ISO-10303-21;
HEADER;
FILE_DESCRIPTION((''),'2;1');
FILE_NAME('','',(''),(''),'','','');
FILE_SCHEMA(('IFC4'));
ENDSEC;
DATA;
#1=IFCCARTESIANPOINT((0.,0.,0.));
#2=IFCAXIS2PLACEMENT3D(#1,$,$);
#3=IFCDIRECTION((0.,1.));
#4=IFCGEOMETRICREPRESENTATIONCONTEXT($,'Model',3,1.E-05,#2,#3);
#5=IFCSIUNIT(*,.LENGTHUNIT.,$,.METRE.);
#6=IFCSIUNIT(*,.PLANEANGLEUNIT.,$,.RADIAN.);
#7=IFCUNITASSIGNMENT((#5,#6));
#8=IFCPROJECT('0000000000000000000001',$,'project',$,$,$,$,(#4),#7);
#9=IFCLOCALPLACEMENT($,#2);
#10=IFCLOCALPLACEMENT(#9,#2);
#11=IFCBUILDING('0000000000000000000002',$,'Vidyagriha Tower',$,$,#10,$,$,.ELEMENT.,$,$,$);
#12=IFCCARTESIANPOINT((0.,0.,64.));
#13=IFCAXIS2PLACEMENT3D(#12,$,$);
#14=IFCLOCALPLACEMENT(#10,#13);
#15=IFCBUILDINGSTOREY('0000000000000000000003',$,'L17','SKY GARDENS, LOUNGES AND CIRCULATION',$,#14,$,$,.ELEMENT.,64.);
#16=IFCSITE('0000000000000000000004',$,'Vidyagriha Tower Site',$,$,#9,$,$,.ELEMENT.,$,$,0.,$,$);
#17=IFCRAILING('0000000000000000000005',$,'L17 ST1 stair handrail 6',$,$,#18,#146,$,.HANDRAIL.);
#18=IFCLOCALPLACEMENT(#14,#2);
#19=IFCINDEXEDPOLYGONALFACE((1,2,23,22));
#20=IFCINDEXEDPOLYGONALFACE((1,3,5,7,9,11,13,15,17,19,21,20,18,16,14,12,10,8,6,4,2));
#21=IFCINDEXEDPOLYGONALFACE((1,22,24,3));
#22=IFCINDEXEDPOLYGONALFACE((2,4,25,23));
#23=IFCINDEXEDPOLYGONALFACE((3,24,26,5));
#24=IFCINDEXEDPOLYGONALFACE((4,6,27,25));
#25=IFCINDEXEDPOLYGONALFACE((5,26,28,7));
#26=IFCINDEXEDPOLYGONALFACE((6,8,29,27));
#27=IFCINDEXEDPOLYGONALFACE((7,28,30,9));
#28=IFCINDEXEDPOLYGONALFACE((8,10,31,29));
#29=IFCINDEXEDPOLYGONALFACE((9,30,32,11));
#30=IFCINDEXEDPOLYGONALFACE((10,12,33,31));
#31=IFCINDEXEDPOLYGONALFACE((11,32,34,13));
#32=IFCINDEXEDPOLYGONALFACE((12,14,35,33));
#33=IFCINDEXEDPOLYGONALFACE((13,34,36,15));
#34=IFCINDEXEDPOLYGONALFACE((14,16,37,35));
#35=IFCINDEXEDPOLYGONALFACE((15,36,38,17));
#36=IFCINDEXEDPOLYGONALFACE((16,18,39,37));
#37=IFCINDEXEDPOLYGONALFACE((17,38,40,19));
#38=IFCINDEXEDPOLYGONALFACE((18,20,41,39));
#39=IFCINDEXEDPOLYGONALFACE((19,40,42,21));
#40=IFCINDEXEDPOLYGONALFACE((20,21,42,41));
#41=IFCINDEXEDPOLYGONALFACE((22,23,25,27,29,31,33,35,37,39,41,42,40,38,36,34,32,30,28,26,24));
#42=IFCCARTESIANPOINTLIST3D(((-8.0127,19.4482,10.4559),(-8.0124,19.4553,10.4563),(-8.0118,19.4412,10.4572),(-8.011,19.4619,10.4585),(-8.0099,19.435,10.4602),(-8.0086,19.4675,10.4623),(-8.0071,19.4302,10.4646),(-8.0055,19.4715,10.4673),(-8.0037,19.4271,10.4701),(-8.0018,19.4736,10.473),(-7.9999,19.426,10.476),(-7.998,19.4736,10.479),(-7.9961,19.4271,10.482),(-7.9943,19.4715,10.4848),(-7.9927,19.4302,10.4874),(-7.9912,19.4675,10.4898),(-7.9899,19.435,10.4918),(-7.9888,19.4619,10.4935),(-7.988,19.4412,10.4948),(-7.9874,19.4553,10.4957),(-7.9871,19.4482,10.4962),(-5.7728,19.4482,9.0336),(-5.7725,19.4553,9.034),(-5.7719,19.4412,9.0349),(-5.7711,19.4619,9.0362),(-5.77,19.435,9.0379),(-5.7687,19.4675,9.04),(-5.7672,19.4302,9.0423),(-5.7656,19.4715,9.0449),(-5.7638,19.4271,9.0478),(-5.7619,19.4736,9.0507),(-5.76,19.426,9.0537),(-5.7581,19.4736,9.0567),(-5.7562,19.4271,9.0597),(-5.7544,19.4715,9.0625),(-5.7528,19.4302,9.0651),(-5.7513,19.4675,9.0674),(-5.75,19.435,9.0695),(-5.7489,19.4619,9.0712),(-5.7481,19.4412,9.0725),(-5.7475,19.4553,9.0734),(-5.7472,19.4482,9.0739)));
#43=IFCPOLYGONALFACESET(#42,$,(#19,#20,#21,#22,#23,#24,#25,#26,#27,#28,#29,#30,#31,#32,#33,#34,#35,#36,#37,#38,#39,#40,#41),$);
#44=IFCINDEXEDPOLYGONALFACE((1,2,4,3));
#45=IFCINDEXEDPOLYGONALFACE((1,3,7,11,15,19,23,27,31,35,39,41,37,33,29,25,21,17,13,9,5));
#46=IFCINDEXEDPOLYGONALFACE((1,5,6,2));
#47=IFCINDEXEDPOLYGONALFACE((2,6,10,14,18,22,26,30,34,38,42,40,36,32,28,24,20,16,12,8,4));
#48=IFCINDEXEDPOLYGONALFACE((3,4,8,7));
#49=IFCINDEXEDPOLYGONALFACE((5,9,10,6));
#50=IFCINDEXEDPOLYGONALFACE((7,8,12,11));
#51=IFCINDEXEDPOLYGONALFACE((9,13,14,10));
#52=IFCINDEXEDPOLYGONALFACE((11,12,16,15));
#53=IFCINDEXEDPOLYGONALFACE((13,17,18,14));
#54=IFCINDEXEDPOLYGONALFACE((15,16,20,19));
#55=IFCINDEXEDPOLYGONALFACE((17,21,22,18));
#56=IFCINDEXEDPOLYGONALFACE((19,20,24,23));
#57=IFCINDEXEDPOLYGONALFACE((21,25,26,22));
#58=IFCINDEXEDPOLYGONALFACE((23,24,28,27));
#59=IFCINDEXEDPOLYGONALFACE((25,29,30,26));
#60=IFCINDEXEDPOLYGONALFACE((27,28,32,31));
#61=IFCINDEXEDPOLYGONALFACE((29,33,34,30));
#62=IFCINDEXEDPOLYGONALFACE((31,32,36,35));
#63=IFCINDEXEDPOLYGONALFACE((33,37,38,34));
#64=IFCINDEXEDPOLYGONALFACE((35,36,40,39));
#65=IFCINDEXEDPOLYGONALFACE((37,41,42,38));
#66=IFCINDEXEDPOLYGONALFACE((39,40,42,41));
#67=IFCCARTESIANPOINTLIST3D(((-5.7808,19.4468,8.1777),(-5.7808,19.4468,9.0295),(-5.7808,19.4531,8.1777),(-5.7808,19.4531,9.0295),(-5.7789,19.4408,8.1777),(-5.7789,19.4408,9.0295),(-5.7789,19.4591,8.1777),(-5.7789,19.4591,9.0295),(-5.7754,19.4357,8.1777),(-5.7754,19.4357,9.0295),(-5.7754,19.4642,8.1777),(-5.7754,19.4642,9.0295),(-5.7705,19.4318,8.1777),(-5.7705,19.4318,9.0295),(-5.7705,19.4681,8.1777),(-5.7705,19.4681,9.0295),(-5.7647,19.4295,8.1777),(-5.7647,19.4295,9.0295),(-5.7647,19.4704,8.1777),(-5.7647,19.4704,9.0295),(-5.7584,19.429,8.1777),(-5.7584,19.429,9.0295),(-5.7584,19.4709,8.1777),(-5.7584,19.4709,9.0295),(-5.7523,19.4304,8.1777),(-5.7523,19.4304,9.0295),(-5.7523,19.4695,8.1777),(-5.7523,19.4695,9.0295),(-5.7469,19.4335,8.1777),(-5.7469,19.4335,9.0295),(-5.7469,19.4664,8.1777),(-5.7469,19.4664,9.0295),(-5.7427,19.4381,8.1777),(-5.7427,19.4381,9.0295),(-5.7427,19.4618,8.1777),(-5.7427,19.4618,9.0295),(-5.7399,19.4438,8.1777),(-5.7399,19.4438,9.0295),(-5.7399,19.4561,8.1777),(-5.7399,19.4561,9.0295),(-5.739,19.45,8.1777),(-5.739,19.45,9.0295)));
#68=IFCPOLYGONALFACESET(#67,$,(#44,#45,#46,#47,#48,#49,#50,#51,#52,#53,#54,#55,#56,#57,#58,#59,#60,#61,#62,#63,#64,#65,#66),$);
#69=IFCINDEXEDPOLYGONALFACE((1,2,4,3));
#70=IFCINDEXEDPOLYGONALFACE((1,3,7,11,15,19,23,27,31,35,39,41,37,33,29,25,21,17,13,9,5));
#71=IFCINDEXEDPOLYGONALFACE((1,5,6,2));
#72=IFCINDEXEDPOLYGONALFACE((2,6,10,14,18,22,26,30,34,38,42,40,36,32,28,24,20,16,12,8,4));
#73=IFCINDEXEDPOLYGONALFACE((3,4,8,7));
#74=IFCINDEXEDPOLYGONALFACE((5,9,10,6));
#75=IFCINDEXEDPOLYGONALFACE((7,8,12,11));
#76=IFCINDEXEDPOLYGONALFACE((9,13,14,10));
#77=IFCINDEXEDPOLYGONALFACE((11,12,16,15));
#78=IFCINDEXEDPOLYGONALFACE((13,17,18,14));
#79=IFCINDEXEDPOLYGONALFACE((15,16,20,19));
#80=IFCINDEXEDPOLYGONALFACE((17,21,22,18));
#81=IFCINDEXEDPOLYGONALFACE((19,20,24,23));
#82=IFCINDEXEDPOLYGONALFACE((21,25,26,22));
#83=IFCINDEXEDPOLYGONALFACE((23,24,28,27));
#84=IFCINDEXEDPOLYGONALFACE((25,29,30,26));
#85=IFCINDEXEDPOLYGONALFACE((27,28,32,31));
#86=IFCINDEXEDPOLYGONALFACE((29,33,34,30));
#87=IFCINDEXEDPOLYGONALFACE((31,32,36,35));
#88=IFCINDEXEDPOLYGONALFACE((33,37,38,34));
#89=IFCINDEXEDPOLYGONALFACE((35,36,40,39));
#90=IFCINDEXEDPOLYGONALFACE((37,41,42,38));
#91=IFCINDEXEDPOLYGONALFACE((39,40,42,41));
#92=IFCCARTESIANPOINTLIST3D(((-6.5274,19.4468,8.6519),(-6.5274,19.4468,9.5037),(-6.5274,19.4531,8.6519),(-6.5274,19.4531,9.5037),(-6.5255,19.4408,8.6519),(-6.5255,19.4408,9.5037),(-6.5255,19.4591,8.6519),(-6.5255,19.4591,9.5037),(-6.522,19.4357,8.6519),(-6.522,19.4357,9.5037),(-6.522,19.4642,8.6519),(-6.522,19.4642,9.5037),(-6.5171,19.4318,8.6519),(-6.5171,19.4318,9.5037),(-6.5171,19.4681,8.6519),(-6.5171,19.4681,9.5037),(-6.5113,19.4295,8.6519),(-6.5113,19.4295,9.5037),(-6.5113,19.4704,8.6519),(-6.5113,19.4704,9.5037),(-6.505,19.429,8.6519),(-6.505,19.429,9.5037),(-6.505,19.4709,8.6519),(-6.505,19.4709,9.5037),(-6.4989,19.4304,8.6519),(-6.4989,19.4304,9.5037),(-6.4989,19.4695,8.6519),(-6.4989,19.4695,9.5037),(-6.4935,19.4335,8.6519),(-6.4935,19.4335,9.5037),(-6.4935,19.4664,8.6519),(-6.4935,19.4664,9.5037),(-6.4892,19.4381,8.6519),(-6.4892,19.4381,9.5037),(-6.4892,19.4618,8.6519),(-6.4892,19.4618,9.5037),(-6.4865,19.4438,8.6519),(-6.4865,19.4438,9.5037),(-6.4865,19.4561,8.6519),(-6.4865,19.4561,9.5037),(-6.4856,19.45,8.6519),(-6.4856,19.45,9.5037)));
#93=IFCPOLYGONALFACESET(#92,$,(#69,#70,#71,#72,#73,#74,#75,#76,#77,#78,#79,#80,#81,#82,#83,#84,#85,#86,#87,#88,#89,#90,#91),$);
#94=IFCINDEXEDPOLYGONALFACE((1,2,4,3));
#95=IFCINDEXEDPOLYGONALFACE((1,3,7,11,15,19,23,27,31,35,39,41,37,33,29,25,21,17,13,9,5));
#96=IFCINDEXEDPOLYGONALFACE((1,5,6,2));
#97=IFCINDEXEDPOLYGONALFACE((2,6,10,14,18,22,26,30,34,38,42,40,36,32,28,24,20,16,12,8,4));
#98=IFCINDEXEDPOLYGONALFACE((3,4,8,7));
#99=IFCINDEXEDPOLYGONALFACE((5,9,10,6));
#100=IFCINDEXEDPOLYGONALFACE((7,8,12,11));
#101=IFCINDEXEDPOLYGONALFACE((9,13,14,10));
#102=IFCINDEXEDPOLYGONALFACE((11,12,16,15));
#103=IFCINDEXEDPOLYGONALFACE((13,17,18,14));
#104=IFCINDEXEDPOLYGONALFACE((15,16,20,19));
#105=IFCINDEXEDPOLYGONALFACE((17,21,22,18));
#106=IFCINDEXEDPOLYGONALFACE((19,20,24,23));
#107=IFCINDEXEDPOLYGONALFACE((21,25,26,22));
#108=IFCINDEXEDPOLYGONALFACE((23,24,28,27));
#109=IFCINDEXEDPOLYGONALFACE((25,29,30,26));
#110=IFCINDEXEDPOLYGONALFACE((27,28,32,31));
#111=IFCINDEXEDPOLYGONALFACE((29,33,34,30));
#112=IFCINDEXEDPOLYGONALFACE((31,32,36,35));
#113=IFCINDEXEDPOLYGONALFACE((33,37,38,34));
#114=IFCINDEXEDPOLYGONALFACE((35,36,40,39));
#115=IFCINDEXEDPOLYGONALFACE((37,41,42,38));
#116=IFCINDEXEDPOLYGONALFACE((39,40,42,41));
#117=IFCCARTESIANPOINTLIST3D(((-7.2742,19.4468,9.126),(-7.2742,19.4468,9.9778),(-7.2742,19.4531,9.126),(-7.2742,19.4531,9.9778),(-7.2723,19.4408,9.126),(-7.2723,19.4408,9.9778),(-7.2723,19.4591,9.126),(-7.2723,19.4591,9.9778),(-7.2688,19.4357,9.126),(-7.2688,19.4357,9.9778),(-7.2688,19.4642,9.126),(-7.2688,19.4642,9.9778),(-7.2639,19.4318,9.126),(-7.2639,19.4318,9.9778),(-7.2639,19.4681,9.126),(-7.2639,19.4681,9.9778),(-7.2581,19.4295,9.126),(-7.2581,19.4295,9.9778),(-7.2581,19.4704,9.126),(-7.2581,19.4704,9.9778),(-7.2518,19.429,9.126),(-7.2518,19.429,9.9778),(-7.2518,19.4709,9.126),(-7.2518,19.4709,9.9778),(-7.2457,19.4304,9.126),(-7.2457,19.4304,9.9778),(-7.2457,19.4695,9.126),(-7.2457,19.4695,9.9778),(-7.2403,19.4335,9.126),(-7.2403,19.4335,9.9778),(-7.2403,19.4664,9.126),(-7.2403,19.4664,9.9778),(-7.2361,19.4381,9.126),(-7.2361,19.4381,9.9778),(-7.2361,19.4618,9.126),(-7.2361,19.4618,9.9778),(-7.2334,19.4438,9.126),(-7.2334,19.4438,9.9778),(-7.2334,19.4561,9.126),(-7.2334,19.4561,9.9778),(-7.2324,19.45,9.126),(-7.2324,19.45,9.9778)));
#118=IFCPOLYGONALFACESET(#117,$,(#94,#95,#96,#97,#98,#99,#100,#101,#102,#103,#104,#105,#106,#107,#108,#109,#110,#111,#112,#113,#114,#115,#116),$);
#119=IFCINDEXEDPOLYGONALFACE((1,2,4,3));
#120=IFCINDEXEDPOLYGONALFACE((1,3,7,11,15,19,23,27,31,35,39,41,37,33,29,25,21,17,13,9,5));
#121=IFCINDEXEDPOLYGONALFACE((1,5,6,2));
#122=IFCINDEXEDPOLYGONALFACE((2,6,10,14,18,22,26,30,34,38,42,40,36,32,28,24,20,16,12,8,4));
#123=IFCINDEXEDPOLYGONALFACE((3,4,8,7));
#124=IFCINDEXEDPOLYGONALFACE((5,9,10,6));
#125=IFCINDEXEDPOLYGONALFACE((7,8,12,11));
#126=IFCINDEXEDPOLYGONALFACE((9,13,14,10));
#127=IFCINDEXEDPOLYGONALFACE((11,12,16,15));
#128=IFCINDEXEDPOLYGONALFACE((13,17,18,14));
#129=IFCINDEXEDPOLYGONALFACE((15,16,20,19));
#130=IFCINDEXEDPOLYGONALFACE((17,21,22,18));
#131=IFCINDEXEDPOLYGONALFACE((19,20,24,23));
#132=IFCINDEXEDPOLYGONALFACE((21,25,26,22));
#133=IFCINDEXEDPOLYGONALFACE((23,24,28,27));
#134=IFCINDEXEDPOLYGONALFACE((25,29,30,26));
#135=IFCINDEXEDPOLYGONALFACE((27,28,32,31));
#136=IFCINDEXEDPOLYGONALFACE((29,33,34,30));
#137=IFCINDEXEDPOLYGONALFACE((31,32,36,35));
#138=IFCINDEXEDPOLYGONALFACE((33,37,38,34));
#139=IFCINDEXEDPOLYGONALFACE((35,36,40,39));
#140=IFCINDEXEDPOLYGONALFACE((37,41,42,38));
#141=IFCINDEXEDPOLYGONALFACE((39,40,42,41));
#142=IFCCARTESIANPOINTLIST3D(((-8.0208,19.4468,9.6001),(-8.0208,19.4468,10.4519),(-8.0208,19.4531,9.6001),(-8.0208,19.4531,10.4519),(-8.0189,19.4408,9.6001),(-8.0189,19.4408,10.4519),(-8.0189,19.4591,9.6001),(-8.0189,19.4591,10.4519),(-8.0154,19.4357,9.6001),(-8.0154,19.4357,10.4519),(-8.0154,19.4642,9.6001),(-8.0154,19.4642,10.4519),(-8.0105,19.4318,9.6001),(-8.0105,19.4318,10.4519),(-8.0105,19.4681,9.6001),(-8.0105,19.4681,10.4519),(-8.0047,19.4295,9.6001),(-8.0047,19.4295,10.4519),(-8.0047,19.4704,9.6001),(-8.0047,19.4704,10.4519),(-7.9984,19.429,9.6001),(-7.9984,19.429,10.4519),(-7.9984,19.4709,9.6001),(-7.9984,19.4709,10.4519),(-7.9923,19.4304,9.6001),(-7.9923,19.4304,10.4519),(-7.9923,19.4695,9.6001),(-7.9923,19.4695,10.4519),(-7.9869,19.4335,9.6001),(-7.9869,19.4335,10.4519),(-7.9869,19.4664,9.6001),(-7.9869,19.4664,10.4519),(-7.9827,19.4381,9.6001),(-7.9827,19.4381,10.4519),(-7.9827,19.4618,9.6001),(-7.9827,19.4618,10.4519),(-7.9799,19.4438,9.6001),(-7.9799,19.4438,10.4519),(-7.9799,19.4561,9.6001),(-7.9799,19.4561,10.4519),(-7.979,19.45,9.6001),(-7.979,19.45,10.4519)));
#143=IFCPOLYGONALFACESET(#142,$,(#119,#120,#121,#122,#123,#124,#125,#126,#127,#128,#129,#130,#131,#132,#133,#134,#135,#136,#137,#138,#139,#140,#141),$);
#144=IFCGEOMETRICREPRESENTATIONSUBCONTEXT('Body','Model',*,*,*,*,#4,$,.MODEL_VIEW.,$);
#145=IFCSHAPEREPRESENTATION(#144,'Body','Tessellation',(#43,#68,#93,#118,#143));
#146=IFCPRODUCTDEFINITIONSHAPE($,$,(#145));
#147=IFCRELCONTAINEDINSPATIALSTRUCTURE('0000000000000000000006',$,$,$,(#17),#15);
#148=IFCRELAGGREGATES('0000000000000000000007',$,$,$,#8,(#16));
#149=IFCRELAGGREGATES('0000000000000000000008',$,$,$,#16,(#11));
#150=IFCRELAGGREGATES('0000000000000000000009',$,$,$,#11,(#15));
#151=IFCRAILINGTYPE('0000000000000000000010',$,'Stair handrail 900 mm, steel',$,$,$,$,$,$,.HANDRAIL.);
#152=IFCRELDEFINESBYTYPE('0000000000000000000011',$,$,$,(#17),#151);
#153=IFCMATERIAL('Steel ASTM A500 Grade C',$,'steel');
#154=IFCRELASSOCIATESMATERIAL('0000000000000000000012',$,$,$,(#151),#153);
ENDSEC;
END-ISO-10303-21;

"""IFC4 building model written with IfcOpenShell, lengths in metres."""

from ifc_helpers import new_model, si_unit, direction, frame, origin, origin_2d, place, context, subcontext, project, spatial, circle, extrude, material, type_object, element, save


model = new_model("IFC4")

# Units and contexts
model_context = context("Model", 3, precision=1e-05, world=origin(), true_north=direction((0.0, 1.0)))
body_context = subcontext(model_context, "Body", "Model", "MODEL_VIEW")
ifc_project = project(units=[si_unit("LENGTHUNIT", "METRE"), si_unit("PLANEANGLEUNIT", "RADIAN")], contexts=[model_context])

# Site, building, storey
site_placement = place(None, origin())
site = spatial("IfcSite", under=ifc_project, at=site_placement, Name="Vidyagriha Tower Site", CompositionType="ELEMENT", RefElevation=0.0)
building_placement = place(site_placement, origin())
building = spatial("IfcBuilding", under=site, at=building_placement, Name="Vidyagriha Tower", CompositionType="ELEMENT")
storey_placement = place(building_placement, frame((0.0, 0.0, 64.0)))
storey = spatial("IfcBuildingStorey", under=building, at=storey_placement, Name="L17", Description="SKY GARDENS, LOUNGES AND CIRCULATION", CompositionType="ELEMENT", Elevation=64.0)

# Railing
ifc_material_1 = material(Name="Steel ASTM A500 Grade C", Category="steel")
railing_type_1 = type_object("IfcRailingType", Name="Stair handrail 900 mm, steel", PredefinedType="HANDRAIL", material=ifc_material_1)
railing_1_placement = place(storey_placement, frame((-5.76, 19.45, 8.1777)))
element("IfcRailing", 1, at=railing_1_placement, inside=storey, type_object=railing_type_1, Name="L17 ST1 stair handrail 6", PredefinedType="HANDRAIL", context=body_context, shape_type="SweptSolid", body=[
    extrude(circle(Radius=0.0239, at=origin_2d()), frame((0.0, 0.0, 0.876), z_axis=(-0.844188, 0.0, 0.536048), x_axis=(0.0, -1.0, 0.0)), (0.0, 0.0, 1.0), 2.6533),
    extrude(circle(Radius=0.021, at=origin_2d()), origin(), (0.0, 0.0, 1.0), 0.8518),
    extrude(circle(Radius=0.021, at=origin_2d()), frame((-0.7466, 0.0, 0.4741)), (0.0, 0.0, 1.0), 0.8518),
    extrude(circle(Radius=0.021, at=origin_2d()), frame((-1.4934, 0.0, 0.9482)), (0.0, 0.0, 1.0), 0.8518),
    extrude(circle(Radius=0.021, at=origin_2d()), frame((-2.24, 0.0, 1.4224)), (0.0, 0.0, 1.0), 0.8518),
])

save(model, "model.ifc")
